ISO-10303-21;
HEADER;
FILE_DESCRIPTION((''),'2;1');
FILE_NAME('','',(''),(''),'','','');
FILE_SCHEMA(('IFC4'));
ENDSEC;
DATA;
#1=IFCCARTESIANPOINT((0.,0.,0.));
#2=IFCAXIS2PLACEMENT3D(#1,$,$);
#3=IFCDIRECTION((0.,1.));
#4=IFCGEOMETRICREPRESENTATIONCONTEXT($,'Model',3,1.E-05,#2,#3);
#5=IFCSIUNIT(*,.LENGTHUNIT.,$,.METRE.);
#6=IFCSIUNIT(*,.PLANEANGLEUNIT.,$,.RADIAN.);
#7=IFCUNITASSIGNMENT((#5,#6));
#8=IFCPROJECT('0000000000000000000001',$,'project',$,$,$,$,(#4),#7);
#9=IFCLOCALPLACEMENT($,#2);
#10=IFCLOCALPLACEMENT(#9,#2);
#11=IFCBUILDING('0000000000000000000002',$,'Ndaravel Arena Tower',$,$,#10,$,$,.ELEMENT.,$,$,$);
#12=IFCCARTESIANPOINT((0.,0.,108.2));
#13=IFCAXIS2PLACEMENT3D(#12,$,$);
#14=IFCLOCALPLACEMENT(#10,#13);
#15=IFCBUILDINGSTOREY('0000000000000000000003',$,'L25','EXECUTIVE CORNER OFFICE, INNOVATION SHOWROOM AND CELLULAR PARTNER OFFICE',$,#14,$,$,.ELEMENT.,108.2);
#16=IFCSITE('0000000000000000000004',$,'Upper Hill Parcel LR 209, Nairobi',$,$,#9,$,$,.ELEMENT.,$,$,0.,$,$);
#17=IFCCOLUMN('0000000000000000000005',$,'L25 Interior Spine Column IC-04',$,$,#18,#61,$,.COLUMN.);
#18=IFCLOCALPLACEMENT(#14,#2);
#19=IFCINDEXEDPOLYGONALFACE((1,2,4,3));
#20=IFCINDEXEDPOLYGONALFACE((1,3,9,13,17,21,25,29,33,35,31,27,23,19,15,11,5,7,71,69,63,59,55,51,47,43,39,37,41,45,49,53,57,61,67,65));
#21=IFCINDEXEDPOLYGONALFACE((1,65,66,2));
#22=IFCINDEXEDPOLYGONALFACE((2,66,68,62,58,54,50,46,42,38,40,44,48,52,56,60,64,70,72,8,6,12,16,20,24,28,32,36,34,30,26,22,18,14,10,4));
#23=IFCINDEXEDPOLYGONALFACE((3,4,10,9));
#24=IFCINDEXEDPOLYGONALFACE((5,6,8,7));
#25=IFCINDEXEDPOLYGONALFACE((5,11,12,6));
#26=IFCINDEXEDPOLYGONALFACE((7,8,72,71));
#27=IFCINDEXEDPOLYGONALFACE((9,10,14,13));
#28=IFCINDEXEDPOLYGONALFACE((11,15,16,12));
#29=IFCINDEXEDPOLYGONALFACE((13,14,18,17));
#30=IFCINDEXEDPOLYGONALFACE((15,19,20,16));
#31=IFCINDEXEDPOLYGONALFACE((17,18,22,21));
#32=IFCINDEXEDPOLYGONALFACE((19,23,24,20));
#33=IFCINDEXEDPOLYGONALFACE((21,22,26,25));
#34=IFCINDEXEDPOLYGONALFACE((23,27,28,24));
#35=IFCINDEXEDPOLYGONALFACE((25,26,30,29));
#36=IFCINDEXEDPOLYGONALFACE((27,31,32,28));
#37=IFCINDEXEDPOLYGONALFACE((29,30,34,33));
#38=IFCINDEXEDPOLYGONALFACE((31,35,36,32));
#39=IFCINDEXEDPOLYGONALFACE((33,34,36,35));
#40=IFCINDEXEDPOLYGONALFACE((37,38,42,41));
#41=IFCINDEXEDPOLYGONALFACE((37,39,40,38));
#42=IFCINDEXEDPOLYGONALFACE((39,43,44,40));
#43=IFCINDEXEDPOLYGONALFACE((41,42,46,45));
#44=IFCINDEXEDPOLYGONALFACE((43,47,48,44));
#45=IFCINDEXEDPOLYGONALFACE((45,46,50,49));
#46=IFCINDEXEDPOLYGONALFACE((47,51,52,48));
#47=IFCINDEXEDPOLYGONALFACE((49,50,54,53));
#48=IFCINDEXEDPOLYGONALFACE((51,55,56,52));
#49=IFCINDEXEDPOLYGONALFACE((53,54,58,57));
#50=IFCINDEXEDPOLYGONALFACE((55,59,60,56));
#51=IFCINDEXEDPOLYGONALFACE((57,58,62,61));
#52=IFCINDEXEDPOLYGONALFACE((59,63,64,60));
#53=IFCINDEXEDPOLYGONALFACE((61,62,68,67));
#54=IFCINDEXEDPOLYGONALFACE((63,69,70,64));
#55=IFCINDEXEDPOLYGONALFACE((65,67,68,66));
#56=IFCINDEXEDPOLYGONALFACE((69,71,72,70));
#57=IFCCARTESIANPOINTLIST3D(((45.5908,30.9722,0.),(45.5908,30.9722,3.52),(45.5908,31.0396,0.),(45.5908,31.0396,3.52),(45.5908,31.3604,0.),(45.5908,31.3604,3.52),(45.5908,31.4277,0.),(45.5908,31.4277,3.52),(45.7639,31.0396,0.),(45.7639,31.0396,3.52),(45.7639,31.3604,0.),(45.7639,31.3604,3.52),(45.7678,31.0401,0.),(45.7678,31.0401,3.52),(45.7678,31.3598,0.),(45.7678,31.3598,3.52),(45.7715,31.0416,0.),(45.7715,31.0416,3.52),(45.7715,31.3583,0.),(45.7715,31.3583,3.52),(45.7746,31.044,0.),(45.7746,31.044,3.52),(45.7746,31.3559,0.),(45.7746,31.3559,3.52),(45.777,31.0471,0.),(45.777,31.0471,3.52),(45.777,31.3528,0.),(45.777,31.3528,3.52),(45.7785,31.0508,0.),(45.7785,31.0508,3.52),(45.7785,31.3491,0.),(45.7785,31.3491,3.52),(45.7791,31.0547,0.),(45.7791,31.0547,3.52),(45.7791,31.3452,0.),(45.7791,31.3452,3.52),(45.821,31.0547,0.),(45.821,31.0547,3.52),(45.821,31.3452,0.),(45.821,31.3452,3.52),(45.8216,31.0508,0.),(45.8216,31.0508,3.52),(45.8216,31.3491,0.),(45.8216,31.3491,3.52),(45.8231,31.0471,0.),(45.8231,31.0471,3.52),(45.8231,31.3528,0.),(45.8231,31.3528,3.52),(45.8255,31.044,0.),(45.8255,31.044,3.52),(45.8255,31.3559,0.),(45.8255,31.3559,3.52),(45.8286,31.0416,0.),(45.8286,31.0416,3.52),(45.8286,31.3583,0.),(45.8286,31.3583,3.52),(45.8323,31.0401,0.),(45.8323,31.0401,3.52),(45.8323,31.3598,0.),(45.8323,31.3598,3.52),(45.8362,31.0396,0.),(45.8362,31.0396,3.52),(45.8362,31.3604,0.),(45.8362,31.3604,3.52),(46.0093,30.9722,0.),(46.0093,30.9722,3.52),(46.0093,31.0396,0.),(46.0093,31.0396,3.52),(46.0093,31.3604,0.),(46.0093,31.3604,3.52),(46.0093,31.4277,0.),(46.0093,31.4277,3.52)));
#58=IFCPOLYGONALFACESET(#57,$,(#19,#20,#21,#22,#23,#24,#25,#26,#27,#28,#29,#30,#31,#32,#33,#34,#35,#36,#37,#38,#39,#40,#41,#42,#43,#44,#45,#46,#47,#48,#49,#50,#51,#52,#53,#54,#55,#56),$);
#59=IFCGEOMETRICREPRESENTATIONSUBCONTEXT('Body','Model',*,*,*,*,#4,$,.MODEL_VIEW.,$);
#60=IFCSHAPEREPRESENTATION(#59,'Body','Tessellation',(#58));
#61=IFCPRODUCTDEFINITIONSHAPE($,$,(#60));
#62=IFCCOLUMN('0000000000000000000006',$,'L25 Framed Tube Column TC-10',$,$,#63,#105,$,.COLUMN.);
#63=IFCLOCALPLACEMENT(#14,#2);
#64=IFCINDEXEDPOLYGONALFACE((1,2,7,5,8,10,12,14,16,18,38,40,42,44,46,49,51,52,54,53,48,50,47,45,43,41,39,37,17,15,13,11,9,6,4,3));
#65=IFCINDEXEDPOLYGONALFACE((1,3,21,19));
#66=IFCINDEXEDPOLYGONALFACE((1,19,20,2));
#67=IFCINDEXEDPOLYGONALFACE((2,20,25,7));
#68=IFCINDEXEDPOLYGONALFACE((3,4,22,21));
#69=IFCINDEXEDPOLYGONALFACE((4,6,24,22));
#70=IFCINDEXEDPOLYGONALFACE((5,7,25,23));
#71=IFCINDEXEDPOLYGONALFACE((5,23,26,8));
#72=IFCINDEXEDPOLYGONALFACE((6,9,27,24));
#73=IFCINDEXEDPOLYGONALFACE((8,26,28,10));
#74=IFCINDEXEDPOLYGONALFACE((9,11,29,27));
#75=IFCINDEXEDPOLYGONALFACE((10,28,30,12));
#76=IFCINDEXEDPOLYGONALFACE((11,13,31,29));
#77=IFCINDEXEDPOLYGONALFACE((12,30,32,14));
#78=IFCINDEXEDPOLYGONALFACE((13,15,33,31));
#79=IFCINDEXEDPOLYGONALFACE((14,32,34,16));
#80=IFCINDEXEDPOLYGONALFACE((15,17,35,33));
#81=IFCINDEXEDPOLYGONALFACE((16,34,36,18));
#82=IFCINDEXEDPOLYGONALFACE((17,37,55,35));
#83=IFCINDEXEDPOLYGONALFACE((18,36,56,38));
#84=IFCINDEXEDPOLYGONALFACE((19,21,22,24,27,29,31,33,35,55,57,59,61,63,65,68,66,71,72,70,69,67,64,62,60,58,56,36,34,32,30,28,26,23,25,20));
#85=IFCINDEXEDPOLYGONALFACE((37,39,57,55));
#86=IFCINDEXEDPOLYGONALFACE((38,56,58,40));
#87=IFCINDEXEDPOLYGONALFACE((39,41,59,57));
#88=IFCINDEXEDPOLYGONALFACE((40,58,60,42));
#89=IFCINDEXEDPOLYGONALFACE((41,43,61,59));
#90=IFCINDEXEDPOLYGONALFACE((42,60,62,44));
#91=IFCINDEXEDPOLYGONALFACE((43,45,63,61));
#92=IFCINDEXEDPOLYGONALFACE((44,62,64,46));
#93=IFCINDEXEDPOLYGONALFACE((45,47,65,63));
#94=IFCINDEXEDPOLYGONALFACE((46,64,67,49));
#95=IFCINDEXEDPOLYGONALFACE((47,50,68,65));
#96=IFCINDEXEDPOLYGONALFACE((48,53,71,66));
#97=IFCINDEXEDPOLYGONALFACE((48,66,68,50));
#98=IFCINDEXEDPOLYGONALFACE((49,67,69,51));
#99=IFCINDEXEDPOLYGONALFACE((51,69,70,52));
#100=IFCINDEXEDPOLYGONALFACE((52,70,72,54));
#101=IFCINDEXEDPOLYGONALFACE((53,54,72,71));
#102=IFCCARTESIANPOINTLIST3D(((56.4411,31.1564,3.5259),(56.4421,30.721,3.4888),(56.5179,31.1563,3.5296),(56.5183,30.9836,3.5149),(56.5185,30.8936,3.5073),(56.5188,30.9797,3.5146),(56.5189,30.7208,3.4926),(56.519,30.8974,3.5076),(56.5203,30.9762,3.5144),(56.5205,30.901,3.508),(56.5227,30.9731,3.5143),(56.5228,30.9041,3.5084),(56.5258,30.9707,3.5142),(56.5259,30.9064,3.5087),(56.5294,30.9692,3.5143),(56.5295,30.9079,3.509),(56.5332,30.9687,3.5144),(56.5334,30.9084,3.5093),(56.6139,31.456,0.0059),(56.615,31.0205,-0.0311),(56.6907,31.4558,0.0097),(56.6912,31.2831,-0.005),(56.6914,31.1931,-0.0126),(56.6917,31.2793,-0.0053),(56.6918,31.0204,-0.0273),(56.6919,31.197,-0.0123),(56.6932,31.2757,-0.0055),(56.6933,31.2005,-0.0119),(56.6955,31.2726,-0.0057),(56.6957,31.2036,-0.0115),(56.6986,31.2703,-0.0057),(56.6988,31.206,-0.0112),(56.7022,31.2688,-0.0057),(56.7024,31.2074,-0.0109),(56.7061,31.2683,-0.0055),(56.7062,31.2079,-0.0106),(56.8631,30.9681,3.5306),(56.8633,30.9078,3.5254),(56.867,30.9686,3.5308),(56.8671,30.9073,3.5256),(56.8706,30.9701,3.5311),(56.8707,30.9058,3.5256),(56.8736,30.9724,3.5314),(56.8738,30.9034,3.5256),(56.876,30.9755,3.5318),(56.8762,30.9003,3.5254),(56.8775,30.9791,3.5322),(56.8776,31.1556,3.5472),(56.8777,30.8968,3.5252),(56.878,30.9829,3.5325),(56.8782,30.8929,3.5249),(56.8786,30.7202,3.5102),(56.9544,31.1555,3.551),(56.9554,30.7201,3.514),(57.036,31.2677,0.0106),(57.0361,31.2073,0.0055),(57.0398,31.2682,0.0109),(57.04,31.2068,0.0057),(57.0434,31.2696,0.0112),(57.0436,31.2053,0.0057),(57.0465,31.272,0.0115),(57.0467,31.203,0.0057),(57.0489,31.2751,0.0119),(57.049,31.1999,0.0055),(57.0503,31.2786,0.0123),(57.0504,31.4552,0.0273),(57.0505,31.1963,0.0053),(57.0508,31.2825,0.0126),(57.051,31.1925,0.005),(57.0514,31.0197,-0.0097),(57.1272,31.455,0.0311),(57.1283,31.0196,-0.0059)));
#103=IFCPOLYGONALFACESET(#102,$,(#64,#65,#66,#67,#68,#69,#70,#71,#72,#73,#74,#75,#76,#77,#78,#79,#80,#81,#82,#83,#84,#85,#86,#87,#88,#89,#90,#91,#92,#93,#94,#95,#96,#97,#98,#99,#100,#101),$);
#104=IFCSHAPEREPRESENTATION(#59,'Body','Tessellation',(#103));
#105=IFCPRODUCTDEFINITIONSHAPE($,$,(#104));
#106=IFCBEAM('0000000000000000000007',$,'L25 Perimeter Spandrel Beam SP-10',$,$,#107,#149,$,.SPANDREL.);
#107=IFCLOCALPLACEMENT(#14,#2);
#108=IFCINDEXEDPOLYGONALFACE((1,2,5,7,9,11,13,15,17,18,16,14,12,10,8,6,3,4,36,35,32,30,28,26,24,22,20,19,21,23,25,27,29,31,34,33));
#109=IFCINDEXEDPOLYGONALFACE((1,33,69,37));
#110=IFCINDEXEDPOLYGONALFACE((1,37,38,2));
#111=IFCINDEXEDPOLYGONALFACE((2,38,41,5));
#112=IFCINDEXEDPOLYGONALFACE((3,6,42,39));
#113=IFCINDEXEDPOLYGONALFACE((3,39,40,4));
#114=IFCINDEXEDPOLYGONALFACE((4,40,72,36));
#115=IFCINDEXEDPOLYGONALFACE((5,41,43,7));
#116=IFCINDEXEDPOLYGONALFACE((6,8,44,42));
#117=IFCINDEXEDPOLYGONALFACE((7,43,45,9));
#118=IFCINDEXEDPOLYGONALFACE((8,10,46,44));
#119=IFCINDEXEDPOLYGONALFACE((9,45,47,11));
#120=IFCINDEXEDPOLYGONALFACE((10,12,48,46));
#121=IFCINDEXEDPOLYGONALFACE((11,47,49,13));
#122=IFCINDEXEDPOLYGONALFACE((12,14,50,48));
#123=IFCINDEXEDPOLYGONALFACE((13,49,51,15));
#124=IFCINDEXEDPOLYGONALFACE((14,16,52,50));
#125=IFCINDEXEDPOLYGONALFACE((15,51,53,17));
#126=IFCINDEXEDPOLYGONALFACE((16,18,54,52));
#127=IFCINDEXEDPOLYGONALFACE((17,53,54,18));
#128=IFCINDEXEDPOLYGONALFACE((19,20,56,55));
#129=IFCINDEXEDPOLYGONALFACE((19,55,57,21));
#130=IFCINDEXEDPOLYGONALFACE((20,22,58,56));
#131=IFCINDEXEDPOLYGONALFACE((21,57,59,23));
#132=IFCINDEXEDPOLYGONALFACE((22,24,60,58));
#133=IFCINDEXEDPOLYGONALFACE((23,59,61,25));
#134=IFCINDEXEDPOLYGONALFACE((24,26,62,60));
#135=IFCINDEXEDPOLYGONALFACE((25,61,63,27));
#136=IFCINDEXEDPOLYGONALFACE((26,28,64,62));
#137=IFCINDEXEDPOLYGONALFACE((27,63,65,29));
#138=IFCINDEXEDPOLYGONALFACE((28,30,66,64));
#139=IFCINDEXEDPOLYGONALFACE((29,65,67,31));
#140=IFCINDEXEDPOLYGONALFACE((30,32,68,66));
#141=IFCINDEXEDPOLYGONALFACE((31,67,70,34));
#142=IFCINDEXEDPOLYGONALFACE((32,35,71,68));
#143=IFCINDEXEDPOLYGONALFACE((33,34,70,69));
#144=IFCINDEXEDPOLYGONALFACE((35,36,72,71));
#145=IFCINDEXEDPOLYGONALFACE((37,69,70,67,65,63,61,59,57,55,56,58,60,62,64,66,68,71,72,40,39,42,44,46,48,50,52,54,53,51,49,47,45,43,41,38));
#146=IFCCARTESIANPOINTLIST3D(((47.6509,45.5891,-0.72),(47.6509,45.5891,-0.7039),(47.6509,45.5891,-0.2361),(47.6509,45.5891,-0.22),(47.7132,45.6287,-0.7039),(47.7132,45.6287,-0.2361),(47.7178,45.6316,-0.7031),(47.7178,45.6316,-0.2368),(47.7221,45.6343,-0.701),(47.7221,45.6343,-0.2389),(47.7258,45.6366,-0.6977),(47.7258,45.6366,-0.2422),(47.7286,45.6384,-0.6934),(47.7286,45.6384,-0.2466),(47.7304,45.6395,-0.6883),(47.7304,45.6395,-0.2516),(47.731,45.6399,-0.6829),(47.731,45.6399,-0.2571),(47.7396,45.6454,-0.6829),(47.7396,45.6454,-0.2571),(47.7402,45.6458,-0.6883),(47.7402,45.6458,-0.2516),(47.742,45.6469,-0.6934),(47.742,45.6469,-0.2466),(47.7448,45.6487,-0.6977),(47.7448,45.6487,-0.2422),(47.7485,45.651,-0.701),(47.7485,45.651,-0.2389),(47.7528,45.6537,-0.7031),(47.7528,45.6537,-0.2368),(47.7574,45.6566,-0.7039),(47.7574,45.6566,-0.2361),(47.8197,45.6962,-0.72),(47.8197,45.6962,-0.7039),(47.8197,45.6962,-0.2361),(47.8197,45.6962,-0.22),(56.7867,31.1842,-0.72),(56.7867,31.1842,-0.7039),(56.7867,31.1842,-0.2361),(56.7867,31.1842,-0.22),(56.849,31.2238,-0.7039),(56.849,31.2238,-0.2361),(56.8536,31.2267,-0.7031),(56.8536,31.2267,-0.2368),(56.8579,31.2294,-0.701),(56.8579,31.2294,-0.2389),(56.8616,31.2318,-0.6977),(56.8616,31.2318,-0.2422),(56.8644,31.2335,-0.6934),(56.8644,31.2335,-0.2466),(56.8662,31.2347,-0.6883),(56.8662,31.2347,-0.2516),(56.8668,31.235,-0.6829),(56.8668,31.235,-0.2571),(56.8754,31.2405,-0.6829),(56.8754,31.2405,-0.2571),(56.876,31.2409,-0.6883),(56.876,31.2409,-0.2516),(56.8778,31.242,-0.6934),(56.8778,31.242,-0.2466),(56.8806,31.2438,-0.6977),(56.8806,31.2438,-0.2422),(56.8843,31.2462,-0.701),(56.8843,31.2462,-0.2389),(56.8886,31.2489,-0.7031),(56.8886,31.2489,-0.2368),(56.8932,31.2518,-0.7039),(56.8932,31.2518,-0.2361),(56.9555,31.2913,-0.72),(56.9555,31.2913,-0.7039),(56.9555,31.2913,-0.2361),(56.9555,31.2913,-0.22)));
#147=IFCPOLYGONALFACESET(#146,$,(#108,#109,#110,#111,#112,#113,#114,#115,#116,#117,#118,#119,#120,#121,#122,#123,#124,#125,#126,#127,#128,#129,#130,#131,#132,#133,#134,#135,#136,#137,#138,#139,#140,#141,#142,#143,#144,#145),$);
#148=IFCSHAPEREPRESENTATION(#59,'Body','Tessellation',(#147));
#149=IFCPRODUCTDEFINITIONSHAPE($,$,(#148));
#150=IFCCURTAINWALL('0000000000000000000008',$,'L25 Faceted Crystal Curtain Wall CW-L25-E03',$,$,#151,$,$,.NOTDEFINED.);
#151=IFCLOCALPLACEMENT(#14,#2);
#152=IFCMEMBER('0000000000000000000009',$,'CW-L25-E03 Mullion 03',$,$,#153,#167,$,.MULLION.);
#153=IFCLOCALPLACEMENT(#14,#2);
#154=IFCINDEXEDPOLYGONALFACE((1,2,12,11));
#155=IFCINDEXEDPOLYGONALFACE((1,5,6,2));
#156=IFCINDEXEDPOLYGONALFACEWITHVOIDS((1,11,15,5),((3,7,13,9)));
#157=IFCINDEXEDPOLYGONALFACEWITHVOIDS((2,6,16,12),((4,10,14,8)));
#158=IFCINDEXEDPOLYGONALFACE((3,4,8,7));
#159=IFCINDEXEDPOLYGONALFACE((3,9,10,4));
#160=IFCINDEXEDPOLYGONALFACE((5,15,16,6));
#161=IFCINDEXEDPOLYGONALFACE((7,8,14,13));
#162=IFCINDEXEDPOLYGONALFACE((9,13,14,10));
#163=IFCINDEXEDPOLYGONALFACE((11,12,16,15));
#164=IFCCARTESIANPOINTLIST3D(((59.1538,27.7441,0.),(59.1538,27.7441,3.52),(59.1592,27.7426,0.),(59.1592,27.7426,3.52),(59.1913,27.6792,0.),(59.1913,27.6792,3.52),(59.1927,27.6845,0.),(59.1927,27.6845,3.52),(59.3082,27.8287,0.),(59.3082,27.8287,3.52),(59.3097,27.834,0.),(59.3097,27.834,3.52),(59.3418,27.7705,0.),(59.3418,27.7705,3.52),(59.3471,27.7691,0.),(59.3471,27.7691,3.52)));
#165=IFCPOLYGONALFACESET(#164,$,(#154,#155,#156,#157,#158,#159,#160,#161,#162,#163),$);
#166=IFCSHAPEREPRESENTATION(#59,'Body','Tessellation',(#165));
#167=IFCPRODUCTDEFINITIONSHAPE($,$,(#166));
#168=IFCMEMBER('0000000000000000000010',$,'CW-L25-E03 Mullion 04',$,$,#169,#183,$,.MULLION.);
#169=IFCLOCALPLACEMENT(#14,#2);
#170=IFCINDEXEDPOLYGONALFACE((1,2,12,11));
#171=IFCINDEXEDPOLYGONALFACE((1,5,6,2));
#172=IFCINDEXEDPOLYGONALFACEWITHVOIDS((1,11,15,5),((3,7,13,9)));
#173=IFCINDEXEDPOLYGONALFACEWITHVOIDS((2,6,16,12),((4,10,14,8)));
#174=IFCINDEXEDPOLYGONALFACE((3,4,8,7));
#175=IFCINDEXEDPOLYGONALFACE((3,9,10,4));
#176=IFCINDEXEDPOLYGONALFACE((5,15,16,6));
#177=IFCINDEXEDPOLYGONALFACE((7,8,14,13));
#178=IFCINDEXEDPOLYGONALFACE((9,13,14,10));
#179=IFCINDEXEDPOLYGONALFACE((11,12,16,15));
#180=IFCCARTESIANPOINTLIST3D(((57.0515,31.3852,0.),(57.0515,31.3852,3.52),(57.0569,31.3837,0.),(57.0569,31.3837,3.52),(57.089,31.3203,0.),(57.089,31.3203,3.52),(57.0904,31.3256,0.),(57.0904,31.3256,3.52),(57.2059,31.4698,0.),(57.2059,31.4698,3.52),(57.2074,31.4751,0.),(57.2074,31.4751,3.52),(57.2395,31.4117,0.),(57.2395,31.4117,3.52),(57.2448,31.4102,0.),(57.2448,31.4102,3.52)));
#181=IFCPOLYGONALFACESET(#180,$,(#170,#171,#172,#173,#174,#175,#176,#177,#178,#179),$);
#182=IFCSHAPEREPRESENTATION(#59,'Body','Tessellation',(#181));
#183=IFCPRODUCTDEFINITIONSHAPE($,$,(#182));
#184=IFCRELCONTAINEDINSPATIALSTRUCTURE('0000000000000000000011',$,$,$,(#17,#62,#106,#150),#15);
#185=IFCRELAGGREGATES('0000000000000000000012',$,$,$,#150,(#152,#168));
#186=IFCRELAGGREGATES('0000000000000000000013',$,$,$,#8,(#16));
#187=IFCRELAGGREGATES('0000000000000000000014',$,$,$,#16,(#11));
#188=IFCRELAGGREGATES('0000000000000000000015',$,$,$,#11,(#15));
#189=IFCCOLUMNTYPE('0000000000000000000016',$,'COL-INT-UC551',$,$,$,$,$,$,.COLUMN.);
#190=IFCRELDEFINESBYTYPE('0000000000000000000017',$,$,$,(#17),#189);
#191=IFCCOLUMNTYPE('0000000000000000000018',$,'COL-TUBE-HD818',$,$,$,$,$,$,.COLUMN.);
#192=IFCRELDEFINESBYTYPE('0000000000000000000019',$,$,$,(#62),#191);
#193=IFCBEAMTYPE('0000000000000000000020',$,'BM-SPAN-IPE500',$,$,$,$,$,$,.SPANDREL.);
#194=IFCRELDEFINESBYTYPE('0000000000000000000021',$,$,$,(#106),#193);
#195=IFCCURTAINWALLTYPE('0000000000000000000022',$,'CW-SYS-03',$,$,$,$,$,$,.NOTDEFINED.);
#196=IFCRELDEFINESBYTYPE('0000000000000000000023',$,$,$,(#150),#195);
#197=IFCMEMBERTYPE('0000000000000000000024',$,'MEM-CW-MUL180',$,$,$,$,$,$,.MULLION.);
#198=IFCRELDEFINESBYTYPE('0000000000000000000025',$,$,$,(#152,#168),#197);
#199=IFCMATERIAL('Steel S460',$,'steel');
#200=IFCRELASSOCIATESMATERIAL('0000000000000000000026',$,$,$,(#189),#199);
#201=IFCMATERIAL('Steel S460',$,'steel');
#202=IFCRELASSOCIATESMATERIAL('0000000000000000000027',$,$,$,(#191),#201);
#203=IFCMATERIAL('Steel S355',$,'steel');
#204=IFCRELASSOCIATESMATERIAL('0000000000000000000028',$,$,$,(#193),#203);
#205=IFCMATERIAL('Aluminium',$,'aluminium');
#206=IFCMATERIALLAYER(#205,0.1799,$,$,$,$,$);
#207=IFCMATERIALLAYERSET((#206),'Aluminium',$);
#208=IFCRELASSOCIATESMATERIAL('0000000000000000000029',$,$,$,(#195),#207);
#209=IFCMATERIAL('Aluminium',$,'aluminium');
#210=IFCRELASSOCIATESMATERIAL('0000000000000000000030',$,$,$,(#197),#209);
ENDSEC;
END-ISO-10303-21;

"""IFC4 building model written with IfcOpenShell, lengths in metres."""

from ifc_helpers import new_model, si_unit, direction, frame, origin, origin_2d, place, context, subcontext, project, spatial, hollow_rectangle, i_section, extrude, material, layer, layer_set, material_profile, profile_set, type_object, element, aggregate, save


model = new_model("IFC4")

# Units and contexts
model_context = context("Model", 3, precision=1e-05, world=origin(), true_north=direction((0.0, 1.0)))
body_context = subcontext(model_context, "Body", "Model", "MODEL_VIEW")
ifc_project = project(units=[si_unit("LENGTHUNIT", "METRE"), si_unit("PLANEANGLEUNIT", "RADIAN")], contexts=[model_context])

# Site, building, storey
site_placement = place(None, origin())
site = spatial("IfcSite", under=ifc_project, at=site_placement, Name="Upper Hill Parcel LR 209, Nairobi", CompositionType="ELEMENT", RefElevation=0.0)
building_placement = place(site_placement, origin())
building = spatial("IfcBuilding", under=site, at=building_placement, Name="Ndaravel Arena Tower", CompositionType="ELEMENT")
storey_placement = place(building_placement, frame((0.0, 0.0, 108.2)))
storey = spatial("IfcBuildingStorey", under=building, at=storey_placement, Name="L25", Description="EXECUTIVE CORNER OFFICE, INNOVATION SHOWROOM AND CELLULAR PARTNER OFFICE", CompositionType="ELEMENT", Elevation=108.2)

# Columns
ifc_material_1 = material(Name="Steel S460", Category="steel")
ifc_material_profile_1 = material_profile(ifc_material_1, i_section(OverallWidth=0.4185, OverallDepth=0.4556, WebThickness=0.042, FlangeThickness=0.0674, FilletRadius=0.0151, at=origin_2d()), Name="UC 356x406x551")
ifc_profile_set_1 = profile_set([ifc_material_profile_1], Name="Steel S460")
column_type_1 = type_object("IfcColumnType", Name="COL-INT-UC551", PredefinedType="COLUMN", material=ifc_profile_set_1)
column_1_placement = place(storey_placement, frame((45.8, 31.2, 0.0), z_axis=(0.0, 0.0, 1.0), x_axis=(1.0, 0.0, 0.0)))
element("IfcColumn", 1, at=column_1_placement, inside=storey, type_object=column_type_1, Name="L25 Interior Spine Column IC-04", PredefinedType="COLUMN", context=body_context, shape_type="SweptSolid", body=[
    extrude(i_section(OverallWidth=0.4185, OverallDepth=0.4556, WebThickness=0.042, FlangeThickness=0.0674, FilletRadius=0.0151, at=origin_2d()), origin(), (0.0, 0.0, 1.0), 3.52),
])
ifc_material_2 = material(Name="Steel S460", Category="steel")
ifc_material_profile_2 = material_profile(ifc_material_2, i_section(OverallWidth=0.437, OverallDepth=0.5139, WebThickness=0.0605, FlangeThickness=0.0769, FilletRadius=0.0149, at=origin_2d()), Name="HD 400x818")
ifc_profile_set_2 = profile_set([ifc_material_profile_2], Name="Steel S460")
column_type_2 = type_object("IfcColumnType", Name="COL-TUBE-HD818", PredefinedType="COLUMN", material=ifc_profile_set_2)
column_2_placement = place(storey_placement, frame((56.8711, 31.2378, 0.0), z_axis=(-0.04887, -0.084694, 0.995208), x_axis=(-0.002324, 0.996405, 0.084682)))
element("IfcColumn", 2, at=column_2_placement, inside=storey, type_object=column_type_2, Name="L25 Framed Tube Column TC-10", PredefinedType="COLUMN", context=body_context, shape_type="SweptSolid", body=[
    extrude(i_section(OverallWidth=0.437, OverallDepth=0.5139, WebThickness=0.0605, FlangeThickness=0.0769, FilletRadius=0.0149, at=origin_2d()), origin(), (0.0, 0.0, 1.0), 3.5369),
])

# Beam
ifc_material_3 = material(Name="Steel S355", Category="steel")
ifc_material_profile_3 = material_profile(ifc_material_3, i_section(OverallWidth=0.2, OverallDepth=0.5, WebThickness=0.0103, FlangeThickness=0.0161, FilletRadius=0.021, at=origin_2d()), Name="IPE 500")
ifc_profile_set_3 = profile_set([ifc_material_profile_3], Name="Steel S355")
beam_type = type_object("IfcBeamType", Name="BM-SPAN-IPE500", PredefinedType="SPANDREL", material=ifc_profile_set_3)
beam_placement = place(storey_placement, frame((56.8711, 31.2378, -0.47), z_axis=(-0.535584, 0.844482, 0.0), x_axis=(-0.844482, -0.535584, 0.0)))
element("IfcBeam", 3, at=beam_placement, inside=storey, type_object=beam_type, Name="L25 Perimeter Spandrel Beam SP-10", PredefinedType="SPANDREL", context=body_context, shape_type="SweptSolid", body=[
    extrude(i_section(OverallWidth=0.2, OverallDepth=0.5, WebThickness=0.0103, FlangeThickness=0.0161, FilletRadius=0.021, at=origin_2d()), origin(), (0.0, 0.0, 1.0), 17.0576),
])

# Curtain wall, members
ifc_material_4 = material(Name="Aluminium", Category="aluminium")
ifc_layer_1 = layer(ifc_material_4, 0.1799)
ifc_layer_set_1 = layer_set([ifc_layer_1], Name="Aluminium")
curtain_wall_type = type_object("IfcCurtainWallType", Name="CW-SYS-03", PredefinedType="NOTDEFINED", material=ifc_layer_set_1)
curtain_wall_placement = place(storey_placement, origin())
curtain_wall = element("IfcCurtainWall", 4, at=curtain_wall_placement, inside=storey, type_object=curtain_wall_type, Name="L25 Faceted Crystal Curtain Wall CW-L25-E03", PredefinedType="NOTDEFINED")
ifc_material_5 = material(Name="Aluminium", Category="aluminium")
ifc_material_profile_4 = material_profile(ifc_material_5, hollow_rectangle(XDim=0.075, YDim=0.1799, WallThickness=0.0039, at=origin_2d()), Name="CW MULLION 75x180x4")
ifc_profile_set_4 = profile_set([ifc_material_profile_4], Name="Aluminium")
member_type = type_object("IfcMemberType", Name="MEM-CW-MUL180", PredefinedType="MULLION", material=ifc_profile_set_4)
member_1_placement = place(storey_placement, frame((59.2505, 27.7566, 0.0), z_axis=(0.0, 0.0, 1.0), x_axis=(-0.5, 0.866025, 0.0)))
member_1 = element("IfcMember", 5, at=member_1_placement, type_object=member_type, Name="CW-L25-E03 Mullion 03", PredefinedType="MULLION", context=body_context, shape_type="SweptSolid", body=[
    extrude(hollow_rectangle(XDim=0.075, YDim=0.1799, WallThickness=0.0039, at=origin_2d()), origin(), (0.0, 0.0, 1.0), 3.52),
])
member_2_placement = place(storey_placement, frame((57.1482, 31.3977, 0.0), z_axis=(0.0, 0.0, 1.0), x_axis=(-0.5, 0.866025, 0.0)))
member_2 = element("IfcMember", 6, at=member_2_placement, type_object=member_type, Name="CW-L25-E03 Mullion 04", PredefinedType="MULLION", context=body_context, shape_type="SweptSolid", body=[
    extrude(hollow_rectangle(XDim=0.075, YDim=0.1799, WallThickness=0.0039, at=origin_2d()), origin(), (0.0, 0.0, 1.0), 3.52),
])
aggregate(curtain_wall, [member_1, member_2])

save(model, "model.ifc")
